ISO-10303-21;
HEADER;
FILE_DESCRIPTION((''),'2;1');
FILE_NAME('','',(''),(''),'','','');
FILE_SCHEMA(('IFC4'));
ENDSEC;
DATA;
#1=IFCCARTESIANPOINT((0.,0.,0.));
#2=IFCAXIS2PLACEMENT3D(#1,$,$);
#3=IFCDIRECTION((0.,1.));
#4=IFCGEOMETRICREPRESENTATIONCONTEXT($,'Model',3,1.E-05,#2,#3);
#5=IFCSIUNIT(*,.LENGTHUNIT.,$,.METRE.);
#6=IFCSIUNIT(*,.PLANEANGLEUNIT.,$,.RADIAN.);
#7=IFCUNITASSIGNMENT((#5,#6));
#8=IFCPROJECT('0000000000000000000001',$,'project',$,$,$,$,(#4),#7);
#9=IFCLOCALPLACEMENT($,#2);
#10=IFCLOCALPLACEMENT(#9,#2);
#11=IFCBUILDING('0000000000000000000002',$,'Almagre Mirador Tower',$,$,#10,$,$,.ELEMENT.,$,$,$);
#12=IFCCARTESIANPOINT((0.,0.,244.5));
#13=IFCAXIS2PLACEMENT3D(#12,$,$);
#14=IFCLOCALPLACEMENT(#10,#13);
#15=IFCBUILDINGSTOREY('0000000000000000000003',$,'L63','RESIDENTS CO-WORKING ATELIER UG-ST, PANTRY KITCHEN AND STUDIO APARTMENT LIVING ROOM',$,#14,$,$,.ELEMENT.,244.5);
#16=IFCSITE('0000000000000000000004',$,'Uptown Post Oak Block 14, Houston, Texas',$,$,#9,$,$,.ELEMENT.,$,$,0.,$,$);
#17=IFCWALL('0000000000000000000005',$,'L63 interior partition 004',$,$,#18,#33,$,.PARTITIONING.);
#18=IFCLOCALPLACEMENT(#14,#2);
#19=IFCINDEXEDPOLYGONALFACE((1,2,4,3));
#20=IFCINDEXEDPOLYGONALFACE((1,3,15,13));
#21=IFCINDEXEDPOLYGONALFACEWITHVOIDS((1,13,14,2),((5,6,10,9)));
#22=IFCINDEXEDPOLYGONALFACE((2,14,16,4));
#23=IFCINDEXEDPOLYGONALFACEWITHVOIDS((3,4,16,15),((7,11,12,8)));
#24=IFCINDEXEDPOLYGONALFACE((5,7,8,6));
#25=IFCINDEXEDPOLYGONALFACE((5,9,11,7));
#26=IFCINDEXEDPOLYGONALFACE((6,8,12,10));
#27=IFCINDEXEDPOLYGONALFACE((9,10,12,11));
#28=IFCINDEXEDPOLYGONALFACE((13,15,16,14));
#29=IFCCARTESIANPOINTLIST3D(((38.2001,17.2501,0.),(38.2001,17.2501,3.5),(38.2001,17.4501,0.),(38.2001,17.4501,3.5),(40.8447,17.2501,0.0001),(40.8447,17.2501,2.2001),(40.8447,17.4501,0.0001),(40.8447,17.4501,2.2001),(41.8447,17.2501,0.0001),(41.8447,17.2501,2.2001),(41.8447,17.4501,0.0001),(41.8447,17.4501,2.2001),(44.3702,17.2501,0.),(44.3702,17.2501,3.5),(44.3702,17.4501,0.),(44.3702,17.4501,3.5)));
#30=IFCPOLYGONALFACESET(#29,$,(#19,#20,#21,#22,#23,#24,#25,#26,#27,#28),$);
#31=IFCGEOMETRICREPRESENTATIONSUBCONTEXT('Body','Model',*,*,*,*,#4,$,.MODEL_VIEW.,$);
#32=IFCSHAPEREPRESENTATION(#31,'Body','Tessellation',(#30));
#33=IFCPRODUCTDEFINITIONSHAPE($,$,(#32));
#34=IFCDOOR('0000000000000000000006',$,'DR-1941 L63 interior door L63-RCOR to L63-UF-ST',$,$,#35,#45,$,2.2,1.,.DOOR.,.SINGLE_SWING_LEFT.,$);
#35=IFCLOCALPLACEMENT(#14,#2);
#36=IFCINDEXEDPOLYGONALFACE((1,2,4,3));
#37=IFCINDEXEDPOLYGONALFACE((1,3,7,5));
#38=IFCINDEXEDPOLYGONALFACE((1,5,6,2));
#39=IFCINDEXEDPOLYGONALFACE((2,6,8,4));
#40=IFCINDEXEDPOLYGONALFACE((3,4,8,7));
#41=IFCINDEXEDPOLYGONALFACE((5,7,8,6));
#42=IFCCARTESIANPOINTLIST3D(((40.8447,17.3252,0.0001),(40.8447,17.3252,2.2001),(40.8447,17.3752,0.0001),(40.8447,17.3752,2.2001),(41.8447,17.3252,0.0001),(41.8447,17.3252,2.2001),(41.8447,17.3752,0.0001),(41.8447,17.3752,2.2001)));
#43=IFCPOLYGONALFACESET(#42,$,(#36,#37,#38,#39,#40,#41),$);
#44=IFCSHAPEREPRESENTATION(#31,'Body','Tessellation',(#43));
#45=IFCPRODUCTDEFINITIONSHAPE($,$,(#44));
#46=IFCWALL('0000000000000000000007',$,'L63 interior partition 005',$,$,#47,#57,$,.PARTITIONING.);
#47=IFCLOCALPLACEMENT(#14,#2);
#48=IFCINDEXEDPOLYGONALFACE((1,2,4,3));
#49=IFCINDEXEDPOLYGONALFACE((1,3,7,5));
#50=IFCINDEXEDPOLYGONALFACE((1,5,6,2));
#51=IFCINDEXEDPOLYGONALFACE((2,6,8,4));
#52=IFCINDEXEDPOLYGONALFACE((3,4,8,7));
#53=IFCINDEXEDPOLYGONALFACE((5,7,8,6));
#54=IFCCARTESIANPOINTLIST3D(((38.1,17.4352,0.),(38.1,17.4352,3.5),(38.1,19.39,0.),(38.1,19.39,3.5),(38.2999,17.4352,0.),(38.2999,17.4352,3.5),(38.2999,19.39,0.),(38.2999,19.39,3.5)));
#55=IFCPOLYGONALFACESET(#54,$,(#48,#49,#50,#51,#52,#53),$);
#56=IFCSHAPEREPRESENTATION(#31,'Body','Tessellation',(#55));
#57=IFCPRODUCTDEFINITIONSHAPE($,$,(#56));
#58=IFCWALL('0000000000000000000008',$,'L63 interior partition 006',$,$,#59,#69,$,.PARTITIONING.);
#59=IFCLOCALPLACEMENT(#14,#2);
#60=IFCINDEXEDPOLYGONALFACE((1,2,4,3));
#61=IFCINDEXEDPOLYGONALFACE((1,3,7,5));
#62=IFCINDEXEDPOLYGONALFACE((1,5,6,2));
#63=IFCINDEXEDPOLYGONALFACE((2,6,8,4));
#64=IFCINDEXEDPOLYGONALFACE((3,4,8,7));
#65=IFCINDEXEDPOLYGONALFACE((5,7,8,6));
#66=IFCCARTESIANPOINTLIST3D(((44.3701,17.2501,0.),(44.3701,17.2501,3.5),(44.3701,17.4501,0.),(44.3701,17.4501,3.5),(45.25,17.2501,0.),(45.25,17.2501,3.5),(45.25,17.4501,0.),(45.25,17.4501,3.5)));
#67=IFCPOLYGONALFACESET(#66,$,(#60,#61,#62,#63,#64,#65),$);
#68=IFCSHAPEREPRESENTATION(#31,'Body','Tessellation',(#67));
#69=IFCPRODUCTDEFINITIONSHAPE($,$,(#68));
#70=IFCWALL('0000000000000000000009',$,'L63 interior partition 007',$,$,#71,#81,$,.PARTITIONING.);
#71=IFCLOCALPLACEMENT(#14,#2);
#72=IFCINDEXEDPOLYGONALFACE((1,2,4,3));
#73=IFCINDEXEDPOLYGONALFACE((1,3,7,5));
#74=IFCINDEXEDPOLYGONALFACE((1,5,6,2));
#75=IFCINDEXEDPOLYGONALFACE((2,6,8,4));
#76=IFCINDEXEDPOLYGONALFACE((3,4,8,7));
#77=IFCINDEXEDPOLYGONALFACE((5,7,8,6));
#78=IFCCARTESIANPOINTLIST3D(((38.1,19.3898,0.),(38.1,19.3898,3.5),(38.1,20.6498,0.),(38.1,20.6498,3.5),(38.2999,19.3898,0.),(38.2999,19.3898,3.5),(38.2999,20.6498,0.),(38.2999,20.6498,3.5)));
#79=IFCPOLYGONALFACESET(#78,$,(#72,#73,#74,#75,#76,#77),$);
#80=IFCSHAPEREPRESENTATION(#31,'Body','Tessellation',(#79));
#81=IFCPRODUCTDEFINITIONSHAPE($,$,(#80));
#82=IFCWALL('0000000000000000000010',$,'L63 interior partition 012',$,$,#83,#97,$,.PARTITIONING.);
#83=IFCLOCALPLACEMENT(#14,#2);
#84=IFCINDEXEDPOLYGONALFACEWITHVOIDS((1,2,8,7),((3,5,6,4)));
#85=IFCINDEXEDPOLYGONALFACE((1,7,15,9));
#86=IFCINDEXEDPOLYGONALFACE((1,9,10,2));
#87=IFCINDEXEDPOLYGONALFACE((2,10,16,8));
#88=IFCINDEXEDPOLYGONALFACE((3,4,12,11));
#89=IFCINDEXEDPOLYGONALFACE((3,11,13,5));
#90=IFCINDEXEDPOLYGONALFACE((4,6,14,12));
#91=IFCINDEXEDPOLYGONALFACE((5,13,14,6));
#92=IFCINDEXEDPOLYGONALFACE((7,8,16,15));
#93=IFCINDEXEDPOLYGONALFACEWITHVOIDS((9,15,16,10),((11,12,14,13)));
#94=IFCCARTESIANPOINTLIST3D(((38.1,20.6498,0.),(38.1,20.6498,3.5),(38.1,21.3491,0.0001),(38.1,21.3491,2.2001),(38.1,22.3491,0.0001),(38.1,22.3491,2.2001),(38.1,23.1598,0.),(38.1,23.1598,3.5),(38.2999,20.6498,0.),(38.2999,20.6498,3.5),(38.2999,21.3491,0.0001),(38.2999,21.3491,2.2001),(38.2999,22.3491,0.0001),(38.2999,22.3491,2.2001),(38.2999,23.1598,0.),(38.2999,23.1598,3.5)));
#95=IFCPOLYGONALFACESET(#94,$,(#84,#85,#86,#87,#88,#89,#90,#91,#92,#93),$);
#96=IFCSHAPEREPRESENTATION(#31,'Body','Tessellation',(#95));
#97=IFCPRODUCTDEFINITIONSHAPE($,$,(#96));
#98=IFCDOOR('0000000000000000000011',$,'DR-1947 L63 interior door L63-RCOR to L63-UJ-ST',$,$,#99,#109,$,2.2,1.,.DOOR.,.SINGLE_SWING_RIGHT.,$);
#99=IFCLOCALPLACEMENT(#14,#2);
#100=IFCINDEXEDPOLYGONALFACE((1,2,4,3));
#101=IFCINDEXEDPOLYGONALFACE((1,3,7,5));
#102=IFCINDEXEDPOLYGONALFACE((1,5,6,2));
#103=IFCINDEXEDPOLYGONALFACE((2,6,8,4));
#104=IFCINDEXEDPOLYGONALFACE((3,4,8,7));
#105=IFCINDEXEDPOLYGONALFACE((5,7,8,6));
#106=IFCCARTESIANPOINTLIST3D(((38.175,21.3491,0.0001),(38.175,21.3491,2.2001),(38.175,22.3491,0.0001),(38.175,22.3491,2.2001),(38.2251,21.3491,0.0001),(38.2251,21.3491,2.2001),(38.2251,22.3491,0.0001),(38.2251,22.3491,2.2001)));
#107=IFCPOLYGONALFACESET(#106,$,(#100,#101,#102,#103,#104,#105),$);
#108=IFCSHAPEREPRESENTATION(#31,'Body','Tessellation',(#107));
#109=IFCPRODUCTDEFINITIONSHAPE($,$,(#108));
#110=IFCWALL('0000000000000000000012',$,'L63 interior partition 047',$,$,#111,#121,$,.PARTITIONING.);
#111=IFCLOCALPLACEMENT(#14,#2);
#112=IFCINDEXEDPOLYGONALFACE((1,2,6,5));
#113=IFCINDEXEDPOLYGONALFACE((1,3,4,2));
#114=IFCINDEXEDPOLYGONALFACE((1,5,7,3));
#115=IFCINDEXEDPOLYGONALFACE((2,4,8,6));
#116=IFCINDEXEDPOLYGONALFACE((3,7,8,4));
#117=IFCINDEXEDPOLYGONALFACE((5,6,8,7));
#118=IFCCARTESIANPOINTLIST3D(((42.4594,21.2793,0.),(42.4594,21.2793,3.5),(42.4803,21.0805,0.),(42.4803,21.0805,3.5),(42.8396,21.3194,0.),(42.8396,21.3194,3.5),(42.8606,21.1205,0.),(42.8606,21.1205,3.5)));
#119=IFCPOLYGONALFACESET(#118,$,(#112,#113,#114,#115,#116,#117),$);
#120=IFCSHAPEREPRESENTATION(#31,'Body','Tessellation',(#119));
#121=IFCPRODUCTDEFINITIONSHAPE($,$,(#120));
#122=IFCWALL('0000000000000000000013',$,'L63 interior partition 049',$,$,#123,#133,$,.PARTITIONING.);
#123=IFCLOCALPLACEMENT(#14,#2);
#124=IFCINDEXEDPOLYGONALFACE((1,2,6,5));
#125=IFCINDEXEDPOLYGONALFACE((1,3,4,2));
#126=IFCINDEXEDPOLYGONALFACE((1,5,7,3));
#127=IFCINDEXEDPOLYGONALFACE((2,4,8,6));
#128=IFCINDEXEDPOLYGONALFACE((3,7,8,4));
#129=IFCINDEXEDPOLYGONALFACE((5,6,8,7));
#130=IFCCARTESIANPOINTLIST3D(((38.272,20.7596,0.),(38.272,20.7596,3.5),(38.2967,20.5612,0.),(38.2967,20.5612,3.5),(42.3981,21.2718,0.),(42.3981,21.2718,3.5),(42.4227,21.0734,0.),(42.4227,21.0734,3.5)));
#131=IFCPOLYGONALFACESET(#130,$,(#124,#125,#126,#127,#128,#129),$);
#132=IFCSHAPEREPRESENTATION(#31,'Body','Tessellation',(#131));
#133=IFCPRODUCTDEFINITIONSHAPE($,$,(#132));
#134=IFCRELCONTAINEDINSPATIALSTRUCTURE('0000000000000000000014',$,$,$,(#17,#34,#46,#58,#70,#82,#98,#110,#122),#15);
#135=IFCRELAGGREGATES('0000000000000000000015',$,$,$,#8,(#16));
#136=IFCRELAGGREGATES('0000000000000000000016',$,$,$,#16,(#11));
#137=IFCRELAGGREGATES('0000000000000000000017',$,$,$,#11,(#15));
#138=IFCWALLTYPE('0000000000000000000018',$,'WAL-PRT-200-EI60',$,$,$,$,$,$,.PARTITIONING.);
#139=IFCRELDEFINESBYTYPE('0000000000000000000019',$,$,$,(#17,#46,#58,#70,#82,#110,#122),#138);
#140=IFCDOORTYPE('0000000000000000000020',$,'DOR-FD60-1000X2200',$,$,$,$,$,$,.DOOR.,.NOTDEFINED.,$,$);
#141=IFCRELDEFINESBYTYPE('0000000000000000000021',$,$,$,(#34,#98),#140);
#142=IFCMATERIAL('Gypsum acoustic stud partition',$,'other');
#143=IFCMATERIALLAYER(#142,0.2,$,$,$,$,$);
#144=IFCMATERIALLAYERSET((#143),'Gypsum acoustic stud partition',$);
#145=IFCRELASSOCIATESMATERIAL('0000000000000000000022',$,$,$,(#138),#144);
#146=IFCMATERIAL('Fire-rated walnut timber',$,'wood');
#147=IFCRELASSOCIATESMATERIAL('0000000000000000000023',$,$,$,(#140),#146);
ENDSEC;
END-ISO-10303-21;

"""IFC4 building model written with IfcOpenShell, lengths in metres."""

from ifc_helpers import new_model, si_unit, direction, frame, frame_2d, origin, place, context, subcontext, project, spatial, rectangle, extrude, material, layer, layer_set, type_object, element, fill, save


model = new_model("IFC4")

# Units and contexts
model_context = context("Model", 3, precision=1e-05, world=origin(), true_north=direction((0.0, 1.0)))
body_context = subcontext(model_context, "Body", "Model", "MODEL_VIEW")
ifc_project = project(units=[si_unit("LENGTHUNIT", "METRE"), si_unit("PLANEANGLEUNIT", "RADIAN")], contexts=[model_context])

# Site, building, storey
site_placement = place(None, origin())
site = spatial("IfcSite", under=ifc_project, at=site_placement, Name="Uptown Post Oak Block 14, Houston, Texas", CompositionType="ELEMENT", RefElevation=0.0)
building_placement = place(site_placement, origin())
building = spatial("IfcBuilding", under=site, at=building_placement, Name="Almagre Mirador Tower", CompositionType="ELEMENT")
storey_placement = place(building_placement, frame((0.0, 0.0, 244.5)))
storey = spatial("IfcBuildingStorey", under=building, at=storey_placement, Name="L63", Description="RESIDENTS CO-WORKING ATELIER UG-ST, PANTRY KITCHEN AND STUDIO APARTMENT LIVING ROOM", CompositionType="ELEMENT", Elevation=244.5)

# Wall, opening, door
ifc_material_1 = material(Name="Gypsum acoustic stud partition", Category="other")
ifc_layer_1 = layer(ifc_material_1, 0.2)
ifc_layer_set_1 = layer_set([ifc_layer_1], Name="Gypsum acoustic stud partition")
wall_type_1 = type_object("IfcWallType", Name="WAL-PRT-200-EI60", PredefinedType="PARTITIONING", material=ifc_layer_set_1)
wall_1_placement = place(storey_placement, frame((44.3701, 17.3501, 0.0), z_axis=(0.0, 0.0, 1.0), x_axis=(-1.0, 0.0, 0.0)))
wall_1 = element("IfcWall", 1, at=wall_1_placement, inside=storey, type_object=wall_type_1, Name="L63 interior partition 004", PredefinedType="PARTITIONING", context=body_context, shape_type="SweptSolid", body=[
    extrude(rectangle(XDim=6.1702, YDim=0.2, at=frame_2d((3.085, 0.0))), origin(), (0.0, 0.0, 1.0), 3.5),
])
opening_1_placement = place(wall_1_placement, frame((2.5254, 0.0, 0.0)))
opening_1 = element("IfcOpeningElement", 2, at=opening_1_placement, cuts=wall_1, PredefinedType="OPENING", context=body_context, shape_type="SweptSolid", body=[
    extrude(rectangle(XDim=1.0, YDim=2.2, at=frame_2d((0.5, 1.1001))), frame((0.0, 0.1101, 0.0), z_axis=(0.0, -1.0, 0.0), x_axis=(1.0, 0.0, 0.0)), (0.0, 0.0, 1.0), 0.22),
])
ifc_material_2 = material(Name="Fire-rated walnut timber", Category="wood")
door_type_1 = type_object("IfcDoorType", Name="DOR-FD60-1000X2200", OperationType="NOTDEFINED", PredefinedType="DOOR", material=ifc_material_2)
door_1_placement = place(opening_1_placement, origin())
door_1 = element("IfcDoor", 3, at=door_1_placement, inside=storey, type_object=door_type_1, Name="DR-1941 L63 interior door L63-RCOR to L63-UF-ST", OperationType="SINGLE_SWING_LEFT", OverallHeight=2.2, OverallWidth=1.0, PredefinedType="DOOR", context=body_context, shape_type="SweptSolid", body=[
    extrude(rectangle(XDim=1.0, YDim=2.2, at=frame_2d((0.5, 1.1001))), frame((0.0, 0.0249, 0.0), z_axis=(0.0, -1.0, 0.0), x_axis=(1.0, 0.0, 0.0)), (0.0, 0.0, 1.0), 0.05),
])
fill(opening_1, door_1)

# Walls
wall_2_placement = place(storey_placement, frame((38.2, 17.4351, 0.0), z_axis=(0.0, 0.0, 1.0), x_axis=(0.0, 1.0, 0.0)))
element("IfcWall", 4, at=wall_2_placement, inside=storey, type_object=wall_type_1, Name="L63 interior partition 005", PredefinedType="PARTITIONING", context=body_context, shape_type="SweptSolid", body=[
    extrude(rectangle(XDim=1.9548, YDim=0.2, at=frame_2d((0.9775, 0.0))), origin(), (0.0, 0.0, 1.0), 3.5),
])
wall_3_placement = place(storey_placement, frame((45.25, 17.3501, 0.0), z_axis=(0.0, 0.0, 1.0), x_axis=(-1.0, 0.0, 0.0)))
element("IfcWall", 5, at=wall_3_placement, inside=storey, type_object=wall_type_1, Name="L63 interior partition 006", PredefinedType="PARTITIONING", context=body_context, shape_type="SweptSolid", body=[
    extrude(rectangle(XDim=0.8799, YDim=0.2, at=frame_2d((0.4399, 0.0))), origin(), (0.0, 0.0, 1.0), 3.5),
])
wall_4_placement = place(storey_placement, frame((38.2, 19.3899, 0.0), z_axis=(0.0, 0.0, 1.0), x_axis=(0.0, 1.0, 0.0)))
element("IfcWall", 6, at=wall_4_placement, inside=storey, type_object=wall_type_1, Name="L63 interior partition 007", PredefinedType="PARTITIONING", context=body_context, shape_type="SweptSolid", body=[
    extrude(rectangle(XDim=1.26, YDim=0.2, at=frame_2d((0.6299, 0.0))), origin(), (0.0, 0.0, 1.0), 3.5),
])

# Wall, opening, door
wall_5_placement = place(storey_placement, frame((38.2, 20.6499, 0.0), z_axis=(0.0, 0.0, 1.0), x_axis=(0.0, 1.0, 0.0)))
wall_5 = element("IfcWall", 7, at=wall_5_placement, inside=storey, type_object=wall_type_1, Name="L63 interior partition 012", PredefinedType="PARTITIONING", context=body_context, shape_type="SweptSolid", body=[
    extrude(rectangle(XDim=2.51, YDim=0.2, at=frame_2d((1.2549, 0.0))), origin(), (0.0, 0.0, 1.0), 3.5),
])
opening_2_placement = place(wall_5_placement, frame((0.6992, 0.0, 0.0)))
opening_2 = element("IfcOpeningElement", 8, at=opening_2_placement, cuts=wall_5, PredefinedType="OPENING", context=body_context, shape_type="SweptSolid", body=[
    extrude(rectangle(XDim=1.0, YDim=2.2, at=frame_2d((0.5, 1.1001))), frame((0.0, 0.1101, 0.0), z_axis=(0.0, -1.0, 0.0), x_axis=(1.0, 0.0, 0.0)), (0.0, 0.0, 1.0), 0.22),
])
door_2_placement = place(opening_2_placement, origin())
door_2 = element("IfcDoor", 9, at=door_2_placement, inside=storey, type_object=door_type_1, Name="DR-1947 L63 interior door L63-RCOR to L63-UJ-ST", OperationType="SINGLE_SWING_RIGHT", OverallHeight=2.2, OverallWidth=1.0, PredefinedType="DOOR", context=body_context, shape_type="SweptSolid", body=[
    extrude(rectangle(XDim=1.0, YDim=2.2, at=frame_2d((0.5, 1.1001))), frame((0.0, 0.0249, 0.0), z_axis=(0.0, -1.0, 0.0), x_axis=(1.0, 0.0, 0.0)), (0.0, 0.0, 1.0), 0.05),
])
fill(opening_2, door_2)

# Walls
wall_6_placement = place(storey_placement, frame((42.8501, 21.22, 0.0), z_axis=(0.0, 0.0, 1.0), x_axis=(-0.994498, -0.104751, 0.0)))
element("IfcWall", 10, at=wall_6_placement, inside=storey, type_object=wall_type_1, Name="L63 interior partition 047", PredefinedType="PARTITIONING", context=body_context, shape_type="SweptSolid", body=[
    extrude(rectangle(XDim=0.3823, YDim=0.2, at=frame_2d((0.1912, 0.0))), origin(), (0.0, 0.0, 1.0), 3.5),
])
wall_7_placement = place(storey_placement, frame((42.4104, 21.1726, 0.0), z_axis=(0.0, 0.0, 1.0), x_axis=(-0.992382, -0.123196, 0.0)))
element("IfcWall", 11, at=wall_7_placement, inside=storey, type_object=wall_type_1, Name="L63 interior partition 049", PredefinedType="PARTITIONING", context=body_context, shape_type="SweptSolid", body=[
    extrude(rectangle(XDim=4.1577, YDim=0.2, at=frame_2d((2.0789, 0.0))), origin(), (0.0, 0.0, 1.0), 3.5),
])

save(model, "model.ifc")
